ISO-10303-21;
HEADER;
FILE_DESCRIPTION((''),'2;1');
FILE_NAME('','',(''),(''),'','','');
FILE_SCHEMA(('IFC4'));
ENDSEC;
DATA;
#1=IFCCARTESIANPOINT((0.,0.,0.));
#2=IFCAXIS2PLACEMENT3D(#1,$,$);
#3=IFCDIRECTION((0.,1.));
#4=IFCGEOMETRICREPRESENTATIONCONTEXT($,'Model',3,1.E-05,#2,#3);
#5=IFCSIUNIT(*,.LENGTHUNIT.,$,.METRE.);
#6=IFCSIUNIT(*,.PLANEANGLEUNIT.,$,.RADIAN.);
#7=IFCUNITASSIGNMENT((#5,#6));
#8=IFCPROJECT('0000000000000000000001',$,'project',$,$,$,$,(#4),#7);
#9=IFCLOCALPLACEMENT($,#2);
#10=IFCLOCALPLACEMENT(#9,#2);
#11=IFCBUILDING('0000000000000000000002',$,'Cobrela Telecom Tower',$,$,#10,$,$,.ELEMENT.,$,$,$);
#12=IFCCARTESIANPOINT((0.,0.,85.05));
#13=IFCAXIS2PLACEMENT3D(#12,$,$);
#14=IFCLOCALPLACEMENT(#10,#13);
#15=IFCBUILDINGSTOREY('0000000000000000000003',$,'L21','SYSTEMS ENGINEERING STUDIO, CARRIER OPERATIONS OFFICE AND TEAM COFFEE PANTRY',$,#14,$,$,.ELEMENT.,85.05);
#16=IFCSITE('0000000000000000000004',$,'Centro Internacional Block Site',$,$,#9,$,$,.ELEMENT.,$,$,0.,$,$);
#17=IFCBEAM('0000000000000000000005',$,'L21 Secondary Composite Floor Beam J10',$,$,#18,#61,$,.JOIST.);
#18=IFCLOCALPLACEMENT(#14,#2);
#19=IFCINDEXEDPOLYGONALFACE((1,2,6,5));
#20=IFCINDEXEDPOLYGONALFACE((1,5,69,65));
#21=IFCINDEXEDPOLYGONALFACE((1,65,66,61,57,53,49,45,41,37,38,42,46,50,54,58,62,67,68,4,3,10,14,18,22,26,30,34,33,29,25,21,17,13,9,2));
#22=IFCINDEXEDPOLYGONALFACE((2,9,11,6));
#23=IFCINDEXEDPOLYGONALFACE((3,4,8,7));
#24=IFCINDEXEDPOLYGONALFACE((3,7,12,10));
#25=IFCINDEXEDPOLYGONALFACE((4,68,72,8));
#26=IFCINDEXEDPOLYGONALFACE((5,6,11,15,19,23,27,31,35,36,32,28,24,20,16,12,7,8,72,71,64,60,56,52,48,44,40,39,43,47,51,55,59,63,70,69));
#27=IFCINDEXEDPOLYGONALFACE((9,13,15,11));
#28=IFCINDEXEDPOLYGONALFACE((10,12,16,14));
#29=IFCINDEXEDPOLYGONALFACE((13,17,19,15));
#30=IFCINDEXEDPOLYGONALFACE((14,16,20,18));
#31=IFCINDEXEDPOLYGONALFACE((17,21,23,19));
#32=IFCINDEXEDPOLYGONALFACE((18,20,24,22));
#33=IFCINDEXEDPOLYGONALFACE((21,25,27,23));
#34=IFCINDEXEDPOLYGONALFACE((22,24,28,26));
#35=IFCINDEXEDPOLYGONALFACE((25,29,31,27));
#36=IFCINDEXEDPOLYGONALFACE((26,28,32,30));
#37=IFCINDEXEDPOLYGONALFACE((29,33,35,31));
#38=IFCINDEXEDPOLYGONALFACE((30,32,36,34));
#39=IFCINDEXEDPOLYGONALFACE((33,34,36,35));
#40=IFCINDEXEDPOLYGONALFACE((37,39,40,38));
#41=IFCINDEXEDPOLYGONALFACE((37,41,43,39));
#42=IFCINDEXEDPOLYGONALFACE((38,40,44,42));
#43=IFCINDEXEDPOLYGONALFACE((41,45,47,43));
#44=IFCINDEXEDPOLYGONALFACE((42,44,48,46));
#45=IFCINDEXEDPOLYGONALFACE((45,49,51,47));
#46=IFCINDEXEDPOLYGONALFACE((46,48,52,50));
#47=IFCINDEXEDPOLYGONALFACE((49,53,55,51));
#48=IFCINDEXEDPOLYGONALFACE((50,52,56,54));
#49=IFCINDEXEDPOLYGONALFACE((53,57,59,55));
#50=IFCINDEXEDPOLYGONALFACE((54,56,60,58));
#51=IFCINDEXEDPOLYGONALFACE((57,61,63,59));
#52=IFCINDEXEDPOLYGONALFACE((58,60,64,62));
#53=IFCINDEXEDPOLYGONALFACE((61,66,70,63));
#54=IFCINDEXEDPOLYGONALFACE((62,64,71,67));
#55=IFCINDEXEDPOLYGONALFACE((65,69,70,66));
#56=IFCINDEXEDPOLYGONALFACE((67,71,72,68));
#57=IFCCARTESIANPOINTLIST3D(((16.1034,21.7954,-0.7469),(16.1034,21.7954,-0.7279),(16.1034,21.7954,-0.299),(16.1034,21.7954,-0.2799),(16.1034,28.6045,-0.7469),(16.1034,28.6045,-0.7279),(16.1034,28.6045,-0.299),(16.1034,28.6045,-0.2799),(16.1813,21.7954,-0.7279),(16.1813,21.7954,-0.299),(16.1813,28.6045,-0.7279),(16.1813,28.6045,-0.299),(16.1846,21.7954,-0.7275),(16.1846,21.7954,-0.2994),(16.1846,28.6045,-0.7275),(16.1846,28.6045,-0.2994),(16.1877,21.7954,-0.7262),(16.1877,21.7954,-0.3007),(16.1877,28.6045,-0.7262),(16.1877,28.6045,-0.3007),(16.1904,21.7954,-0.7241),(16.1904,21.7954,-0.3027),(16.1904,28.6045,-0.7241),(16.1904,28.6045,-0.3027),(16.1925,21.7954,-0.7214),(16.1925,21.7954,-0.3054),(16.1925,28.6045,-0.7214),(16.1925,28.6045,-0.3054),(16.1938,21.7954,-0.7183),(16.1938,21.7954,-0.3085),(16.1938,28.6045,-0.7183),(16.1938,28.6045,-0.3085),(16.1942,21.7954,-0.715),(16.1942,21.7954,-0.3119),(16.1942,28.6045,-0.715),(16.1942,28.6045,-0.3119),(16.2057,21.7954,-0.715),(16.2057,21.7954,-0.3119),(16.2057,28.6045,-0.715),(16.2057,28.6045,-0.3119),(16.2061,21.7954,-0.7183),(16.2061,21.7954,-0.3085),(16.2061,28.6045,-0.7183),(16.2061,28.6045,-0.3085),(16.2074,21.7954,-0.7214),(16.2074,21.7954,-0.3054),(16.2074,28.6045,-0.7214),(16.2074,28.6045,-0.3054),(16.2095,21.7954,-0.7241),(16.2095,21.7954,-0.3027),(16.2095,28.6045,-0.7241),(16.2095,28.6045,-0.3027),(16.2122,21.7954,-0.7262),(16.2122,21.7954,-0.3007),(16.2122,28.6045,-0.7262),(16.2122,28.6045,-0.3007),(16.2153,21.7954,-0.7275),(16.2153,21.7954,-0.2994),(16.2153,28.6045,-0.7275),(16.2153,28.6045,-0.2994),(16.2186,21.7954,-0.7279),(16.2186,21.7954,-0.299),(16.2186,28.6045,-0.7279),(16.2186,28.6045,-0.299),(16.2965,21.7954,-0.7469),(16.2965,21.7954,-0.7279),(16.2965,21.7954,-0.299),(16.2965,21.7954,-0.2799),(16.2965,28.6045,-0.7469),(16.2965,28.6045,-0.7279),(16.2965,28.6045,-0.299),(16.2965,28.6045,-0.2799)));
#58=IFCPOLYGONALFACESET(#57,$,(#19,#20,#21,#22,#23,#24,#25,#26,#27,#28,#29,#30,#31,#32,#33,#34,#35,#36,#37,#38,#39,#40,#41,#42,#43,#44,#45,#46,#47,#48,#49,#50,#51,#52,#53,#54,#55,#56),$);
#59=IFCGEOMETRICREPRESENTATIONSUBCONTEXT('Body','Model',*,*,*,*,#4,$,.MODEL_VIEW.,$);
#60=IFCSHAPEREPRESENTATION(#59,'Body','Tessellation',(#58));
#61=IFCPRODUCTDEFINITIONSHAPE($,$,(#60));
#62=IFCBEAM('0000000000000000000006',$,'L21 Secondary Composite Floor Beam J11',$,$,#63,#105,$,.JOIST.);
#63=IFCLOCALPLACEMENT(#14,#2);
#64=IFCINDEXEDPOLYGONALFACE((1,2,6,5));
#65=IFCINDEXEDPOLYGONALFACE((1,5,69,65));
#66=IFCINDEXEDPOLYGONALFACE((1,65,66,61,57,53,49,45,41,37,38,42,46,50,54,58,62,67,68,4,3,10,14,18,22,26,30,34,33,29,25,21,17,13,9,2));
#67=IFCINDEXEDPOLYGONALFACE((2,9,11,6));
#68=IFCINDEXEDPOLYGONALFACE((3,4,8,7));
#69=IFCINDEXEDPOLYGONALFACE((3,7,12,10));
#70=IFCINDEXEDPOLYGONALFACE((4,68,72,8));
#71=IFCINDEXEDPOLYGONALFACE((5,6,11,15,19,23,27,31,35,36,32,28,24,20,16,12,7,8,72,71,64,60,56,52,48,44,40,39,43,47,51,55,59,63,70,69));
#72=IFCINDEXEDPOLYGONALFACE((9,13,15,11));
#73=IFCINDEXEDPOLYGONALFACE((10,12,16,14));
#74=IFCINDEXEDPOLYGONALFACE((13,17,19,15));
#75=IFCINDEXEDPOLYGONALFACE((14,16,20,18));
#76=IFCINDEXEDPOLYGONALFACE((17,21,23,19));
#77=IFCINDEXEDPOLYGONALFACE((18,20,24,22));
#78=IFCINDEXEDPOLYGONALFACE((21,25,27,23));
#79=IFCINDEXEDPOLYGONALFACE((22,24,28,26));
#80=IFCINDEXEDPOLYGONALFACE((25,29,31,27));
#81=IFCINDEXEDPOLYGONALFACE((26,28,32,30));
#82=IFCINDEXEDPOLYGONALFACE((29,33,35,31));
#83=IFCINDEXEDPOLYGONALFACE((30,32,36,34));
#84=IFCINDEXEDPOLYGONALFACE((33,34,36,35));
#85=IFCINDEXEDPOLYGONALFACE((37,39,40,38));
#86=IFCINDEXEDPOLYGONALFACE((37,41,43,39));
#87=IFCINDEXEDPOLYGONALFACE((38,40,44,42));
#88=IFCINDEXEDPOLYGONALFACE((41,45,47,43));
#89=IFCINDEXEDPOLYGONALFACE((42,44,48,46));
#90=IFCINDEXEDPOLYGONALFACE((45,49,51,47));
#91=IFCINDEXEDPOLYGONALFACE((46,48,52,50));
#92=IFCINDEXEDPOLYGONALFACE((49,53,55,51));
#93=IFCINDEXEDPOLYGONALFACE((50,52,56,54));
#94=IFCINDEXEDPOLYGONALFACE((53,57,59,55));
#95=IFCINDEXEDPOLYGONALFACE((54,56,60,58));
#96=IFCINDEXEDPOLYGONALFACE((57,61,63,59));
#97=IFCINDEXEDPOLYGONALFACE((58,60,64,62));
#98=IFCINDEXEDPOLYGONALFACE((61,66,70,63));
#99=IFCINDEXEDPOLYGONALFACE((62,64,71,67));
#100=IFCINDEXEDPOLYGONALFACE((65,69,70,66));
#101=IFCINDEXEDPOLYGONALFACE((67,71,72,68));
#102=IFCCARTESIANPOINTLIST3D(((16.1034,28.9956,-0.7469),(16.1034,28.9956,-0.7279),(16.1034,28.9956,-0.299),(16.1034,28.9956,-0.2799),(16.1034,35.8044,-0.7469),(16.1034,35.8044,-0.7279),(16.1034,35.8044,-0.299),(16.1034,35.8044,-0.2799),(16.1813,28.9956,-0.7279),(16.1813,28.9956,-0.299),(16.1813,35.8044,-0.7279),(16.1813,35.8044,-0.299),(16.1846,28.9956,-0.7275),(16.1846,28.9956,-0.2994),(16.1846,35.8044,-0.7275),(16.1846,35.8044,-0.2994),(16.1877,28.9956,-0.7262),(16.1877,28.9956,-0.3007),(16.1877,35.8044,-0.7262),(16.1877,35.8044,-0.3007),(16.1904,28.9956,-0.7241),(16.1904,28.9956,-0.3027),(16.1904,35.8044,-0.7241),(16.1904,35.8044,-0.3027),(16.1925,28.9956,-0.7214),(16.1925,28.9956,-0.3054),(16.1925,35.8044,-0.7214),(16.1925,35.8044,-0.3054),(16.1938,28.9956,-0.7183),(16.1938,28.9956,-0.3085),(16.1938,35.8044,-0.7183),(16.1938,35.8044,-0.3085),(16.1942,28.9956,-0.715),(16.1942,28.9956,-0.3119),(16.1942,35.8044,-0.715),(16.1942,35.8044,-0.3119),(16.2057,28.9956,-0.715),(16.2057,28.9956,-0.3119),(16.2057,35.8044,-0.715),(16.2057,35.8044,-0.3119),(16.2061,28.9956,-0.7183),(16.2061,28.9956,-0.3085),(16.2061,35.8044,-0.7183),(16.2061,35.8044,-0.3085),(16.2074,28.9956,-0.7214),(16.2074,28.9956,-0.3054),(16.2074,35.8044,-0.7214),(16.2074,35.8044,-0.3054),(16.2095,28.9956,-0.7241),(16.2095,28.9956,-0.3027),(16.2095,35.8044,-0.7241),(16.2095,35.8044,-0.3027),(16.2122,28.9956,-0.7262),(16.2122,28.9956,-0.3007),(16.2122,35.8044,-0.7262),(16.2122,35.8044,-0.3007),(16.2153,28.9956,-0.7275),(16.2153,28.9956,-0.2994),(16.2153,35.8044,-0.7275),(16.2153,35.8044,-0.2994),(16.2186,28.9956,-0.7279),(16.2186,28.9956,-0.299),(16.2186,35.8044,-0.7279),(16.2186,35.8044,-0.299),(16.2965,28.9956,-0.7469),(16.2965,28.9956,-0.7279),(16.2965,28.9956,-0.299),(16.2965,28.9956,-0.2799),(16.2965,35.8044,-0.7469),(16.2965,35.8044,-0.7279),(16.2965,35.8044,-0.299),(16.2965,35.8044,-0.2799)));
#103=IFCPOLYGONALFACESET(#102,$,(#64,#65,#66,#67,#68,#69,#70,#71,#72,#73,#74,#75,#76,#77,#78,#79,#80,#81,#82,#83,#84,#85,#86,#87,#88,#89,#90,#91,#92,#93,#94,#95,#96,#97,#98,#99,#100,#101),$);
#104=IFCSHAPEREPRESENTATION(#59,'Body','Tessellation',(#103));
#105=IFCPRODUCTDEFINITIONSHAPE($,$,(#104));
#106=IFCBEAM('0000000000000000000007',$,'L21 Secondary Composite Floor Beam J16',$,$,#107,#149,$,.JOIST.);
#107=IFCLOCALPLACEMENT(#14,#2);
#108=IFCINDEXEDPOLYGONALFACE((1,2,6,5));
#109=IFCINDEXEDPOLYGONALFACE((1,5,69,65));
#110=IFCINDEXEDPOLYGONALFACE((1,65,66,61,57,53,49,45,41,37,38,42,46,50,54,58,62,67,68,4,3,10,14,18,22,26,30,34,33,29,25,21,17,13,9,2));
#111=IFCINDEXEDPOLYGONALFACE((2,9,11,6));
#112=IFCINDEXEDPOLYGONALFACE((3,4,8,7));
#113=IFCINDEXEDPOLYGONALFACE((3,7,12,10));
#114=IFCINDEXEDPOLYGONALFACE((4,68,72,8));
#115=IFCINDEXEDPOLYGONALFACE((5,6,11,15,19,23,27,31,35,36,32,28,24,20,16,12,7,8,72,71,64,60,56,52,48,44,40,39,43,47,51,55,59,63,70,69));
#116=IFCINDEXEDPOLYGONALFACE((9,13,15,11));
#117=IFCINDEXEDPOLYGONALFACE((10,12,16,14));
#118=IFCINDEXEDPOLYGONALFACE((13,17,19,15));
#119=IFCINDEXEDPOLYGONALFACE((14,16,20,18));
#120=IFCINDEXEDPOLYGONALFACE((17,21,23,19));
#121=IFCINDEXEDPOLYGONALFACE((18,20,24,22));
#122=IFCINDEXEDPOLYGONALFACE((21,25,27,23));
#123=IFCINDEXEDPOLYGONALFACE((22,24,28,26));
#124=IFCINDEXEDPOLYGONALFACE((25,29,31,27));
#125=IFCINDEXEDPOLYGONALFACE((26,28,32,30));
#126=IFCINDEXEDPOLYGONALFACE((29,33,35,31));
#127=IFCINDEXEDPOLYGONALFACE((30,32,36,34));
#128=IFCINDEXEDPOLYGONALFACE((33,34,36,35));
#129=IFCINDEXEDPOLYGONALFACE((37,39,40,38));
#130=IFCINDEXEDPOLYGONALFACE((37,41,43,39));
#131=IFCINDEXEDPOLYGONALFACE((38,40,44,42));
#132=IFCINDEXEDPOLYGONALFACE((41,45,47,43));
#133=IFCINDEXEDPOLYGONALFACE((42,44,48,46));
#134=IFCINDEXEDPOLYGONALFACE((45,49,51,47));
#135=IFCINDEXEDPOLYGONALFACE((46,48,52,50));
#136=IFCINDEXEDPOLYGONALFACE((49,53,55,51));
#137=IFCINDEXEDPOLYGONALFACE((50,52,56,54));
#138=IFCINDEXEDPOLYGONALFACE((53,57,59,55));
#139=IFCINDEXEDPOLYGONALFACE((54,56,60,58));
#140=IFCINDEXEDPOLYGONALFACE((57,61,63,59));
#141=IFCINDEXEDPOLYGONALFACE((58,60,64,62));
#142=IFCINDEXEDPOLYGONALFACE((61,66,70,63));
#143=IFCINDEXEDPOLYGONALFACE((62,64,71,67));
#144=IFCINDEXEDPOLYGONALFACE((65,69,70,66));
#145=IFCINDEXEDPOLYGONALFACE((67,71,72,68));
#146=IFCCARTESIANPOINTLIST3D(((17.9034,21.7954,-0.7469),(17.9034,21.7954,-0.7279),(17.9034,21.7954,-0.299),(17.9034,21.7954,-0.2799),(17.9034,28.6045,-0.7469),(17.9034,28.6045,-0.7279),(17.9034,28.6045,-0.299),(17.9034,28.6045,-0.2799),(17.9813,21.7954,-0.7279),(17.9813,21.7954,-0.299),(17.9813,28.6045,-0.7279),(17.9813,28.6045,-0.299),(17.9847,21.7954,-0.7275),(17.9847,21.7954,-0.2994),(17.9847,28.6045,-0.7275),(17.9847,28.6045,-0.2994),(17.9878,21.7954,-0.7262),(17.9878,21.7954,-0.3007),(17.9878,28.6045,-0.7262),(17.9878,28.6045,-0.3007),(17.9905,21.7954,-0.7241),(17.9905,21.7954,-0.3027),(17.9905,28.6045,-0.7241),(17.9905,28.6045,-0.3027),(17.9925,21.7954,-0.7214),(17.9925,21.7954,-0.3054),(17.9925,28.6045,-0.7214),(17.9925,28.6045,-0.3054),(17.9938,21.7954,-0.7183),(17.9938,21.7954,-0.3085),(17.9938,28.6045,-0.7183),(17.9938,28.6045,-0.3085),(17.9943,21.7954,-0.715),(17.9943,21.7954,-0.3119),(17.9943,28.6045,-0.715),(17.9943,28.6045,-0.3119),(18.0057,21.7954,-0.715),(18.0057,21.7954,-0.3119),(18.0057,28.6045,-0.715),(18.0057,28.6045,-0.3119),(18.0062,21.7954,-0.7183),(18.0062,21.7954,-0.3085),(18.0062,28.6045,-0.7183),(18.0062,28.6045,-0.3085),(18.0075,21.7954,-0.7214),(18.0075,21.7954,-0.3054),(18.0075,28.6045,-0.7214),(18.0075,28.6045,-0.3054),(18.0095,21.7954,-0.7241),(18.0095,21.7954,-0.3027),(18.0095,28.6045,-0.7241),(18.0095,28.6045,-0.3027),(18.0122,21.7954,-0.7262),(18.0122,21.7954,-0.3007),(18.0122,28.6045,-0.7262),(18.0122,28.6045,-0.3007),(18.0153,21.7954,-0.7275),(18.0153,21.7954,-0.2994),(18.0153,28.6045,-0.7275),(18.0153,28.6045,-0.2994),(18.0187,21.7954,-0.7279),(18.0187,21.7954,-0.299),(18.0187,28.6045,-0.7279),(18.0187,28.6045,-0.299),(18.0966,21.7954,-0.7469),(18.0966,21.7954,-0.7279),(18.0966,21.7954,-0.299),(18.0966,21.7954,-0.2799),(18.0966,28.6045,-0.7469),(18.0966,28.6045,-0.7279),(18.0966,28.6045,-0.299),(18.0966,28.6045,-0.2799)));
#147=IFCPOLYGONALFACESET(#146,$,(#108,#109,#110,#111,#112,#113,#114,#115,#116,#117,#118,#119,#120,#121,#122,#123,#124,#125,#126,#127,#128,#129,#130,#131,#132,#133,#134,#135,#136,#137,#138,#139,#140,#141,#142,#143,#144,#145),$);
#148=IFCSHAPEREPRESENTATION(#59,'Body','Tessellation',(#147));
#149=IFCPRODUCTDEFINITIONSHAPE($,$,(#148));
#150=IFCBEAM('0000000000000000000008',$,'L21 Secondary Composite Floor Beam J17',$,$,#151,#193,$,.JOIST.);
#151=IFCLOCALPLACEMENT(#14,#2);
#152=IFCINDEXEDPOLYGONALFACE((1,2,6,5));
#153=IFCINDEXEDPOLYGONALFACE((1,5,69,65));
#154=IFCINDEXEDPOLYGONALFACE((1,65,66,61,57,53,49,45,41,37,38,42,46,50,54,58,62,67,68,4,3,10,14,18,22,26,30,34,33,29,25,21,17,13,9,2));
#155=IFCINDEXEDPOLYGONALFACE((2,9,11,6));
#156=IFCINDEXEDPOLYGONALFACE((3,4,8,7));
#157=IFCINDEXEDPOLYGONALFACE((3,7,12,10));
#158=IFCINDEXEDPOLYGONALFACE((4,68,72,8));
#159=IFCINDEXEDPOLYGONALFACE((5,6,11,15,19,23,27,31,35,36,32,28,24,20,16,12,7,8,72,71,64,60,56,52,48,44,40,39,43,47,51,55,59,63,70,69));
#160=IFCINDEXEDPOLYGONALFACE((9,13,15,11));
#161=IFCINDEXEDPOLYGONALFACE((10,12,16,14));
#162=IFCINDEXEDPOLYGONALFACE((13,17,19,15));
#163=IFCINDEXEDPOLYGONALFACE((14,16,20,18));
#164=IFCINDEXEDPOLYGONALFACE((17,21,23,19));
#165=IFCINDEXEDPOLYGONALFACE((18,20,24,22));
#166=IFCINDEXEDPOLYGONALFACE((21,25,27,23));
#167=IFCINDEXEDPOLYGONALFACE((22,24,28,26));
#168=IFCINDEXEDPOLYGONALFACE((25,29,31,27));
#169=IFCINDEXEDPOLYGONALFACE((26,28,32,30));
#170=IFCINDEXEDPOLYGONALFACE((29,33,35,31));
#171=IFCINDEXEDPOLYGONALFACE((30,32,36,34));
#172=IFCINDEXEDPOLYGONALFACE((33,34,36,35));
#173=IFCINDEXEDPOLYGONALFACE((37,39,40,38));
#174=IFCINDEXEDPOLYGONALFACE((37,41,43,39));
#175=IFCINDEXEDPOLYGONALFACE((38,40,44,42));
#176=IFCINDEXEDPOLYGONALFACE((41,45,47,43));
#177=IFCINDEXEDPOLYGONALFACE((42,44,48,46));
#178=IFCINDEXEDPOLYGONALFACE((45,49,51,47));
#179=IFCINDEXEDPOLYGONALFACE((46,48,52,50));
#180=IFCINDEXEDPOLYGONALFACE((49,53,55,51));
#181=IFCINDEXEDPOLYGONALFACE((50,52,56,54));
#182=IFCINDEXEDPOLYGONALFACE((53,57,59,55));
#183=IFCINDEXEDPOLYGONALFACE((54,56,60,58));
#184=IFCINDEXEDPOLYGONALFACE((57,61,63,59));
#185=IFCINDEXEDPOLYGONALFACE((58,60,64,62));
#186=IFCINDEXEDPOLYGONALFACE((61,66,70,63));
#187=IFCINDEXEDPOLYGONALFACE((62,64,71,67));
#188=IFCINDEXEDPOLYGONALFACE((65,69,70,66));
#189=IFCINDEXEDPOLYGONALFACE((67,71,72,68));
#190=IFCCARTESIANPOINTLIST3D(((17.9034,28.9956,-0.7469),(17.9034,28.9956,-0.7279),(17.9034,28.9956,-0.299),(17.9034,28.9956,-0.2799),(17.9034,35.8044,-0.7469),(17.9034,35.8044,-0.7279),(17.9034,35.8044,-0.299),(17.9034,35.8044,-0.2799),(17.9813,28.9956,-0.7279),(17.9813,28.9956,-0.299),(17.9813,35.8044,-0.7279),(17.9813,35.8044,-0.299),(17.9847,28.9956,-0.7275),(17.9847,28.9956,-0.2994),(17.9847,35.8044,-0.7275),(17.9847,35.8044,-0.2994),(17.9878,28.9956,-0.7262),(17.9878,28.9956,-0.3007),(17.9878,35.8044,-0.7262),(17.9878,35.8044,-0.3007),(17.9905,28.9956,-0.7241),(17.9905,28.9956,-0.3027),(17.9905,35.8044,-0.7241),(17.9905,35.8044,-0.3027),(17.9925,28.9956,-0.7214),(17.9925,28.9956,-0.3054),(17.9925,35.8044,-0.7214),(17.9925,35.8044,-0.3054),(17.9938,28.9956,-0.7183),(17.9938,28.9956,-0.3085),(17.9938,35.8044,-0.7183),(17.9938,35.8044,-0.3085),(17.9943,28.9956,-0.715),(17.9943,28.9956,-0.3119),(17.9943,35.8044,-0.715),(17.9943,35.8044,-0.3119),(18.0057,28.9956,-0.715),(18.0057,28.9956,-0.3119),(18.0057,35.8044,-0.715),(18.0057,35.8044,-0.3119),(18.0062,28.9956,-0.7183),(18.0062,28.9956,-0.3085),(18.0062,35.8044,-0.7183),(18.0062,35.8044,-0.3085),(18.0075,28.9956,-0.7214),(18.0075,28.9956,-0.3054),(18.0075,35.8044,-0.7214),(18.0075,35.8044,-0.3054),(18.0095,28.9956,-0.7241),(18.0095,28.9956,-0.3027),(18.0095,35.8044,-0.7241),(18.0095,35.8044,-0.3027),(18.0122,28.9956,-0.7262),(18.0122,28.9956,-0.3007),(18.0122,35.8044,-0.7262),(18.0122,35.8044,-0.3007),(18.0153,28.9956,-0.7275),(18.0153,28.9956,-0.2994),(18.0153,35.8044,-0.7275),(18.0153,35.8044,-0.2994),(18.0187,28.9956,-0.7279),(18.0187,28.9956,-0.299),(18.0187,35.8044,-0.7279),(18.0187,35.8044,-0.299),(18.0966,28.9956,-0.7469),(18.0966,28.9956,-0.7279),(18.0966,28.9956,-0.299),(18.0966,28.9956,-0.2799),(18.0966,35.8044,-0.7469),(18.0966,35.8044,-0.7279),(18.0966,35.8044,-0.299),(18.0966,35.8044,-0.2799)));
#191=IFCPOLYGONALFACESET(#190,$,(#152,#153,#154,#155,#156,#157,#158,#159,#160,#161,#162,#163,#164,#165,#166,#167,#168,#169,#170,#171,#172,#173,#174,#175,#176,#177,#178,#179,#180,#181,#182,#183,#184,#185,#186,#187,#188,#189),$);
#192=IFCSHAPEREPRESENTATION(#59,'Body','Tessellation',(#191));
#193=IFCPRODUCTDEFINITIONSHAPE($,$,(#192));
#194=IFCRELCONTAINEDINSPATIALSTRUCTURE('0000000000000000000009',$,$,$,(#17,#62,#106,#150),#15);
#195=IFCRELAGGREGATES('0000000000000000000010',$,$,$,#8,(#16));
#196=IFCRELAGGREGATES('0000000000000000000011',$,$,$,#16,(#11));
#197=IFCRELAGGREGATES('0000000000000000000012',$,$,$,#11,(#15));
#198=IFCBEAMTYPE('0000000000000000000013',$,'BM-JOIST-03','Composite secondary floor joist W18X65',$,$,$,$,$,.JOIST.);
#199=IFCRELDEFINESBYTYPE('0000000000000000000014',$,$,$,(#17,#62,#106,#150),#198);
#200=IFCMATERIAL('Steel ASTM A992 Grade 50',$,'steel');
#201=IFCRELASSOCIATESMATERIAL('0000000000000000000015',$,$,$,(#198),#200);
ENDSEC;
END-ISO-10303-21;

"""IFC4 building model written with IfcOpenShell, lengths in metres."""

from ifc_helpers import new_model, si_unit, direction, frame, origin, origin_2d, place, context, subcontext, project, spatial, i_section, extrude, material, material_profile, profile_set, type_object, element, save


model = new_model("IFC4")

# Units and contexts
model_context = context("Model", 3, precision=1e-05, world=origin(), true_north=direction((0.0, 1.0)))
body_context = subcontext(model_context, "Body", "Model", "MODEL_VIEW")
ifc_project = project(units=[si_unit("LENGTHUNIT", "METRE"), si_unit("PLANEANGLEUNIT", "RADIAN")], contexts=[model_context])

# Site, building, storey
site_placement = place(None, origin())
site = spatial("IfcSite", under=ifc_project, at=site_placement, Name="Centro Internacional Block Site", CompositionType="ELEMENT", RefElevation=0.0)
building_placement = place(site_placement, origin())
building = spatial("IfcBuilding", under=site, at=building_placement, Name="Cobrela Telecom Tower", CompositionType="ELEMENT")
storey_placement = place(building_placement, frame((0.0, 0.0, 85.05)))
storey = spatial("IfcBuildingStorey", under=building, at=storey_placement, Name="L21", Description="SYSTEMS ENGINEERING STUDIO, CARRIER OPERATIONS OFFICE AND TEAM COFFEE PANTRY", CompositionType="ELEMENT", Elevation=85.05)

# Beams
ifc_material_1 = material(Name="Steel ASTM A992 Grade 50", Category="steel")
ifc_material_profile_1 = material_profile(ifc_material_1, i_section(OverallWidth=0.1931, OverallDepth=0.467, WebThickness=0.0115, FlangeThickness=0.019, FilletRadius=0.0129, at=origin_2d()), Name="W18X65")
ifc_profile_set_1 = profile_set([ifc_material_profile_1], Name="Steel ASTM A992 Grade 50")
beam_type_1 = type_object("IfcBeamType", Name="BM-JOIST-03", Description="Composite secondary floor joist W18X65", PredefinedType="JOIST", material=ifc_profile_set_1)
beam_1_placement = place(storey_placement, frame((16.2, 21.7954, -0.5134), z_axis=(0.0, 1.0, 0.0), x_axis=(-1.0, 0.0, 0.0)))
element("IfcBeam", 1, at=beam_1_placement, inside=storey, type_object=beam_type_1, Name="L21 Secondary Composite Floor Beam J10", PredefinedType="JOIST", context=body_context, shape_type="SweptSolid", body=[
    extrude(i_section(OverallWidth=0.1931, OverallDepth=0.467, WebThickness=0.0115, FlangeThickness=0.019, FilletRadius=0.0129, at=origin_2d()), origin(), (0.0, 0.0, 1.0), 6.8091),
])
beam_2_placement = place(storey_placement, frame((16.2, 28.9956, -0.5134), z_axis=(0.0, 1.0, 0.0), x_axis=(-1.0, 0.0, 0.0)))
element("IfcBeam", 2, at=beam_2_placement, inside=storey, type_object=beam_type_1, Name="L21 Secondary Composite Floor Beam J11", PredefinedType="JOIST", context=body_context, shape_type="SweptSolid", body=[
    extrude(i_section(OverallWidth=0.1931, OverallDepth=0.467, WebThickness=0.0115, FlangeThickness=0.019, FilletRadius=0.0129, at=origin_2d()), origin(), (0.0, 0.0, 1.0), 6.8088),
])
beam_3_placement = place(storey_placement, frame((18.0, 21.7954, -0.5134), z_axis=(0.0, 1.0, 0.0), x_axis=(-1.0, 0.0, 0.0)))
element("IfcBeam", 3, at=beam_3_placement, inside=storey, type_object=beam_type_1, Name="L21 Secondary Composite Floor Beam J16", PredefinedType="JOIST", context=body_context, shape_type="SweptSolid", body=[
    extrude(i_section(OverallWidth=0.1931, OverallDepth=0.467, WebThickness=0.0115, FlangeThickness=0.019, FilletRadius=0.0129, at=origin_2d()), origin(), (0.0, 0.0, 1.0), 6.8091),
])
beam_4_placement = place(storey_placement, frame((18.0, 28.9956, -0.5134), z_axis=(0.0, 1.0, 0.0), x_axis=(-1.0, 0.0, 0.0)))
element("IfcBeam", 4, at=beam_4_placement, inside=storey, type_object=beam_type_1, Name="L21 Secondary Composite Floor Beam J17", PredefinedType="JOIST", context=body_context, shape_type="SweptSolid", body=[
    extrude(i_section(OverallWidth=0.1931, OverallDepth=0.467, WebThickness=0.0115, FlangeThickness=0.019, FilletRadius=0.0129, at=origin_2d()), origin(), (0.0, 0.0, 1.0), 6.8088),
])

save(model, "model.ifc")
